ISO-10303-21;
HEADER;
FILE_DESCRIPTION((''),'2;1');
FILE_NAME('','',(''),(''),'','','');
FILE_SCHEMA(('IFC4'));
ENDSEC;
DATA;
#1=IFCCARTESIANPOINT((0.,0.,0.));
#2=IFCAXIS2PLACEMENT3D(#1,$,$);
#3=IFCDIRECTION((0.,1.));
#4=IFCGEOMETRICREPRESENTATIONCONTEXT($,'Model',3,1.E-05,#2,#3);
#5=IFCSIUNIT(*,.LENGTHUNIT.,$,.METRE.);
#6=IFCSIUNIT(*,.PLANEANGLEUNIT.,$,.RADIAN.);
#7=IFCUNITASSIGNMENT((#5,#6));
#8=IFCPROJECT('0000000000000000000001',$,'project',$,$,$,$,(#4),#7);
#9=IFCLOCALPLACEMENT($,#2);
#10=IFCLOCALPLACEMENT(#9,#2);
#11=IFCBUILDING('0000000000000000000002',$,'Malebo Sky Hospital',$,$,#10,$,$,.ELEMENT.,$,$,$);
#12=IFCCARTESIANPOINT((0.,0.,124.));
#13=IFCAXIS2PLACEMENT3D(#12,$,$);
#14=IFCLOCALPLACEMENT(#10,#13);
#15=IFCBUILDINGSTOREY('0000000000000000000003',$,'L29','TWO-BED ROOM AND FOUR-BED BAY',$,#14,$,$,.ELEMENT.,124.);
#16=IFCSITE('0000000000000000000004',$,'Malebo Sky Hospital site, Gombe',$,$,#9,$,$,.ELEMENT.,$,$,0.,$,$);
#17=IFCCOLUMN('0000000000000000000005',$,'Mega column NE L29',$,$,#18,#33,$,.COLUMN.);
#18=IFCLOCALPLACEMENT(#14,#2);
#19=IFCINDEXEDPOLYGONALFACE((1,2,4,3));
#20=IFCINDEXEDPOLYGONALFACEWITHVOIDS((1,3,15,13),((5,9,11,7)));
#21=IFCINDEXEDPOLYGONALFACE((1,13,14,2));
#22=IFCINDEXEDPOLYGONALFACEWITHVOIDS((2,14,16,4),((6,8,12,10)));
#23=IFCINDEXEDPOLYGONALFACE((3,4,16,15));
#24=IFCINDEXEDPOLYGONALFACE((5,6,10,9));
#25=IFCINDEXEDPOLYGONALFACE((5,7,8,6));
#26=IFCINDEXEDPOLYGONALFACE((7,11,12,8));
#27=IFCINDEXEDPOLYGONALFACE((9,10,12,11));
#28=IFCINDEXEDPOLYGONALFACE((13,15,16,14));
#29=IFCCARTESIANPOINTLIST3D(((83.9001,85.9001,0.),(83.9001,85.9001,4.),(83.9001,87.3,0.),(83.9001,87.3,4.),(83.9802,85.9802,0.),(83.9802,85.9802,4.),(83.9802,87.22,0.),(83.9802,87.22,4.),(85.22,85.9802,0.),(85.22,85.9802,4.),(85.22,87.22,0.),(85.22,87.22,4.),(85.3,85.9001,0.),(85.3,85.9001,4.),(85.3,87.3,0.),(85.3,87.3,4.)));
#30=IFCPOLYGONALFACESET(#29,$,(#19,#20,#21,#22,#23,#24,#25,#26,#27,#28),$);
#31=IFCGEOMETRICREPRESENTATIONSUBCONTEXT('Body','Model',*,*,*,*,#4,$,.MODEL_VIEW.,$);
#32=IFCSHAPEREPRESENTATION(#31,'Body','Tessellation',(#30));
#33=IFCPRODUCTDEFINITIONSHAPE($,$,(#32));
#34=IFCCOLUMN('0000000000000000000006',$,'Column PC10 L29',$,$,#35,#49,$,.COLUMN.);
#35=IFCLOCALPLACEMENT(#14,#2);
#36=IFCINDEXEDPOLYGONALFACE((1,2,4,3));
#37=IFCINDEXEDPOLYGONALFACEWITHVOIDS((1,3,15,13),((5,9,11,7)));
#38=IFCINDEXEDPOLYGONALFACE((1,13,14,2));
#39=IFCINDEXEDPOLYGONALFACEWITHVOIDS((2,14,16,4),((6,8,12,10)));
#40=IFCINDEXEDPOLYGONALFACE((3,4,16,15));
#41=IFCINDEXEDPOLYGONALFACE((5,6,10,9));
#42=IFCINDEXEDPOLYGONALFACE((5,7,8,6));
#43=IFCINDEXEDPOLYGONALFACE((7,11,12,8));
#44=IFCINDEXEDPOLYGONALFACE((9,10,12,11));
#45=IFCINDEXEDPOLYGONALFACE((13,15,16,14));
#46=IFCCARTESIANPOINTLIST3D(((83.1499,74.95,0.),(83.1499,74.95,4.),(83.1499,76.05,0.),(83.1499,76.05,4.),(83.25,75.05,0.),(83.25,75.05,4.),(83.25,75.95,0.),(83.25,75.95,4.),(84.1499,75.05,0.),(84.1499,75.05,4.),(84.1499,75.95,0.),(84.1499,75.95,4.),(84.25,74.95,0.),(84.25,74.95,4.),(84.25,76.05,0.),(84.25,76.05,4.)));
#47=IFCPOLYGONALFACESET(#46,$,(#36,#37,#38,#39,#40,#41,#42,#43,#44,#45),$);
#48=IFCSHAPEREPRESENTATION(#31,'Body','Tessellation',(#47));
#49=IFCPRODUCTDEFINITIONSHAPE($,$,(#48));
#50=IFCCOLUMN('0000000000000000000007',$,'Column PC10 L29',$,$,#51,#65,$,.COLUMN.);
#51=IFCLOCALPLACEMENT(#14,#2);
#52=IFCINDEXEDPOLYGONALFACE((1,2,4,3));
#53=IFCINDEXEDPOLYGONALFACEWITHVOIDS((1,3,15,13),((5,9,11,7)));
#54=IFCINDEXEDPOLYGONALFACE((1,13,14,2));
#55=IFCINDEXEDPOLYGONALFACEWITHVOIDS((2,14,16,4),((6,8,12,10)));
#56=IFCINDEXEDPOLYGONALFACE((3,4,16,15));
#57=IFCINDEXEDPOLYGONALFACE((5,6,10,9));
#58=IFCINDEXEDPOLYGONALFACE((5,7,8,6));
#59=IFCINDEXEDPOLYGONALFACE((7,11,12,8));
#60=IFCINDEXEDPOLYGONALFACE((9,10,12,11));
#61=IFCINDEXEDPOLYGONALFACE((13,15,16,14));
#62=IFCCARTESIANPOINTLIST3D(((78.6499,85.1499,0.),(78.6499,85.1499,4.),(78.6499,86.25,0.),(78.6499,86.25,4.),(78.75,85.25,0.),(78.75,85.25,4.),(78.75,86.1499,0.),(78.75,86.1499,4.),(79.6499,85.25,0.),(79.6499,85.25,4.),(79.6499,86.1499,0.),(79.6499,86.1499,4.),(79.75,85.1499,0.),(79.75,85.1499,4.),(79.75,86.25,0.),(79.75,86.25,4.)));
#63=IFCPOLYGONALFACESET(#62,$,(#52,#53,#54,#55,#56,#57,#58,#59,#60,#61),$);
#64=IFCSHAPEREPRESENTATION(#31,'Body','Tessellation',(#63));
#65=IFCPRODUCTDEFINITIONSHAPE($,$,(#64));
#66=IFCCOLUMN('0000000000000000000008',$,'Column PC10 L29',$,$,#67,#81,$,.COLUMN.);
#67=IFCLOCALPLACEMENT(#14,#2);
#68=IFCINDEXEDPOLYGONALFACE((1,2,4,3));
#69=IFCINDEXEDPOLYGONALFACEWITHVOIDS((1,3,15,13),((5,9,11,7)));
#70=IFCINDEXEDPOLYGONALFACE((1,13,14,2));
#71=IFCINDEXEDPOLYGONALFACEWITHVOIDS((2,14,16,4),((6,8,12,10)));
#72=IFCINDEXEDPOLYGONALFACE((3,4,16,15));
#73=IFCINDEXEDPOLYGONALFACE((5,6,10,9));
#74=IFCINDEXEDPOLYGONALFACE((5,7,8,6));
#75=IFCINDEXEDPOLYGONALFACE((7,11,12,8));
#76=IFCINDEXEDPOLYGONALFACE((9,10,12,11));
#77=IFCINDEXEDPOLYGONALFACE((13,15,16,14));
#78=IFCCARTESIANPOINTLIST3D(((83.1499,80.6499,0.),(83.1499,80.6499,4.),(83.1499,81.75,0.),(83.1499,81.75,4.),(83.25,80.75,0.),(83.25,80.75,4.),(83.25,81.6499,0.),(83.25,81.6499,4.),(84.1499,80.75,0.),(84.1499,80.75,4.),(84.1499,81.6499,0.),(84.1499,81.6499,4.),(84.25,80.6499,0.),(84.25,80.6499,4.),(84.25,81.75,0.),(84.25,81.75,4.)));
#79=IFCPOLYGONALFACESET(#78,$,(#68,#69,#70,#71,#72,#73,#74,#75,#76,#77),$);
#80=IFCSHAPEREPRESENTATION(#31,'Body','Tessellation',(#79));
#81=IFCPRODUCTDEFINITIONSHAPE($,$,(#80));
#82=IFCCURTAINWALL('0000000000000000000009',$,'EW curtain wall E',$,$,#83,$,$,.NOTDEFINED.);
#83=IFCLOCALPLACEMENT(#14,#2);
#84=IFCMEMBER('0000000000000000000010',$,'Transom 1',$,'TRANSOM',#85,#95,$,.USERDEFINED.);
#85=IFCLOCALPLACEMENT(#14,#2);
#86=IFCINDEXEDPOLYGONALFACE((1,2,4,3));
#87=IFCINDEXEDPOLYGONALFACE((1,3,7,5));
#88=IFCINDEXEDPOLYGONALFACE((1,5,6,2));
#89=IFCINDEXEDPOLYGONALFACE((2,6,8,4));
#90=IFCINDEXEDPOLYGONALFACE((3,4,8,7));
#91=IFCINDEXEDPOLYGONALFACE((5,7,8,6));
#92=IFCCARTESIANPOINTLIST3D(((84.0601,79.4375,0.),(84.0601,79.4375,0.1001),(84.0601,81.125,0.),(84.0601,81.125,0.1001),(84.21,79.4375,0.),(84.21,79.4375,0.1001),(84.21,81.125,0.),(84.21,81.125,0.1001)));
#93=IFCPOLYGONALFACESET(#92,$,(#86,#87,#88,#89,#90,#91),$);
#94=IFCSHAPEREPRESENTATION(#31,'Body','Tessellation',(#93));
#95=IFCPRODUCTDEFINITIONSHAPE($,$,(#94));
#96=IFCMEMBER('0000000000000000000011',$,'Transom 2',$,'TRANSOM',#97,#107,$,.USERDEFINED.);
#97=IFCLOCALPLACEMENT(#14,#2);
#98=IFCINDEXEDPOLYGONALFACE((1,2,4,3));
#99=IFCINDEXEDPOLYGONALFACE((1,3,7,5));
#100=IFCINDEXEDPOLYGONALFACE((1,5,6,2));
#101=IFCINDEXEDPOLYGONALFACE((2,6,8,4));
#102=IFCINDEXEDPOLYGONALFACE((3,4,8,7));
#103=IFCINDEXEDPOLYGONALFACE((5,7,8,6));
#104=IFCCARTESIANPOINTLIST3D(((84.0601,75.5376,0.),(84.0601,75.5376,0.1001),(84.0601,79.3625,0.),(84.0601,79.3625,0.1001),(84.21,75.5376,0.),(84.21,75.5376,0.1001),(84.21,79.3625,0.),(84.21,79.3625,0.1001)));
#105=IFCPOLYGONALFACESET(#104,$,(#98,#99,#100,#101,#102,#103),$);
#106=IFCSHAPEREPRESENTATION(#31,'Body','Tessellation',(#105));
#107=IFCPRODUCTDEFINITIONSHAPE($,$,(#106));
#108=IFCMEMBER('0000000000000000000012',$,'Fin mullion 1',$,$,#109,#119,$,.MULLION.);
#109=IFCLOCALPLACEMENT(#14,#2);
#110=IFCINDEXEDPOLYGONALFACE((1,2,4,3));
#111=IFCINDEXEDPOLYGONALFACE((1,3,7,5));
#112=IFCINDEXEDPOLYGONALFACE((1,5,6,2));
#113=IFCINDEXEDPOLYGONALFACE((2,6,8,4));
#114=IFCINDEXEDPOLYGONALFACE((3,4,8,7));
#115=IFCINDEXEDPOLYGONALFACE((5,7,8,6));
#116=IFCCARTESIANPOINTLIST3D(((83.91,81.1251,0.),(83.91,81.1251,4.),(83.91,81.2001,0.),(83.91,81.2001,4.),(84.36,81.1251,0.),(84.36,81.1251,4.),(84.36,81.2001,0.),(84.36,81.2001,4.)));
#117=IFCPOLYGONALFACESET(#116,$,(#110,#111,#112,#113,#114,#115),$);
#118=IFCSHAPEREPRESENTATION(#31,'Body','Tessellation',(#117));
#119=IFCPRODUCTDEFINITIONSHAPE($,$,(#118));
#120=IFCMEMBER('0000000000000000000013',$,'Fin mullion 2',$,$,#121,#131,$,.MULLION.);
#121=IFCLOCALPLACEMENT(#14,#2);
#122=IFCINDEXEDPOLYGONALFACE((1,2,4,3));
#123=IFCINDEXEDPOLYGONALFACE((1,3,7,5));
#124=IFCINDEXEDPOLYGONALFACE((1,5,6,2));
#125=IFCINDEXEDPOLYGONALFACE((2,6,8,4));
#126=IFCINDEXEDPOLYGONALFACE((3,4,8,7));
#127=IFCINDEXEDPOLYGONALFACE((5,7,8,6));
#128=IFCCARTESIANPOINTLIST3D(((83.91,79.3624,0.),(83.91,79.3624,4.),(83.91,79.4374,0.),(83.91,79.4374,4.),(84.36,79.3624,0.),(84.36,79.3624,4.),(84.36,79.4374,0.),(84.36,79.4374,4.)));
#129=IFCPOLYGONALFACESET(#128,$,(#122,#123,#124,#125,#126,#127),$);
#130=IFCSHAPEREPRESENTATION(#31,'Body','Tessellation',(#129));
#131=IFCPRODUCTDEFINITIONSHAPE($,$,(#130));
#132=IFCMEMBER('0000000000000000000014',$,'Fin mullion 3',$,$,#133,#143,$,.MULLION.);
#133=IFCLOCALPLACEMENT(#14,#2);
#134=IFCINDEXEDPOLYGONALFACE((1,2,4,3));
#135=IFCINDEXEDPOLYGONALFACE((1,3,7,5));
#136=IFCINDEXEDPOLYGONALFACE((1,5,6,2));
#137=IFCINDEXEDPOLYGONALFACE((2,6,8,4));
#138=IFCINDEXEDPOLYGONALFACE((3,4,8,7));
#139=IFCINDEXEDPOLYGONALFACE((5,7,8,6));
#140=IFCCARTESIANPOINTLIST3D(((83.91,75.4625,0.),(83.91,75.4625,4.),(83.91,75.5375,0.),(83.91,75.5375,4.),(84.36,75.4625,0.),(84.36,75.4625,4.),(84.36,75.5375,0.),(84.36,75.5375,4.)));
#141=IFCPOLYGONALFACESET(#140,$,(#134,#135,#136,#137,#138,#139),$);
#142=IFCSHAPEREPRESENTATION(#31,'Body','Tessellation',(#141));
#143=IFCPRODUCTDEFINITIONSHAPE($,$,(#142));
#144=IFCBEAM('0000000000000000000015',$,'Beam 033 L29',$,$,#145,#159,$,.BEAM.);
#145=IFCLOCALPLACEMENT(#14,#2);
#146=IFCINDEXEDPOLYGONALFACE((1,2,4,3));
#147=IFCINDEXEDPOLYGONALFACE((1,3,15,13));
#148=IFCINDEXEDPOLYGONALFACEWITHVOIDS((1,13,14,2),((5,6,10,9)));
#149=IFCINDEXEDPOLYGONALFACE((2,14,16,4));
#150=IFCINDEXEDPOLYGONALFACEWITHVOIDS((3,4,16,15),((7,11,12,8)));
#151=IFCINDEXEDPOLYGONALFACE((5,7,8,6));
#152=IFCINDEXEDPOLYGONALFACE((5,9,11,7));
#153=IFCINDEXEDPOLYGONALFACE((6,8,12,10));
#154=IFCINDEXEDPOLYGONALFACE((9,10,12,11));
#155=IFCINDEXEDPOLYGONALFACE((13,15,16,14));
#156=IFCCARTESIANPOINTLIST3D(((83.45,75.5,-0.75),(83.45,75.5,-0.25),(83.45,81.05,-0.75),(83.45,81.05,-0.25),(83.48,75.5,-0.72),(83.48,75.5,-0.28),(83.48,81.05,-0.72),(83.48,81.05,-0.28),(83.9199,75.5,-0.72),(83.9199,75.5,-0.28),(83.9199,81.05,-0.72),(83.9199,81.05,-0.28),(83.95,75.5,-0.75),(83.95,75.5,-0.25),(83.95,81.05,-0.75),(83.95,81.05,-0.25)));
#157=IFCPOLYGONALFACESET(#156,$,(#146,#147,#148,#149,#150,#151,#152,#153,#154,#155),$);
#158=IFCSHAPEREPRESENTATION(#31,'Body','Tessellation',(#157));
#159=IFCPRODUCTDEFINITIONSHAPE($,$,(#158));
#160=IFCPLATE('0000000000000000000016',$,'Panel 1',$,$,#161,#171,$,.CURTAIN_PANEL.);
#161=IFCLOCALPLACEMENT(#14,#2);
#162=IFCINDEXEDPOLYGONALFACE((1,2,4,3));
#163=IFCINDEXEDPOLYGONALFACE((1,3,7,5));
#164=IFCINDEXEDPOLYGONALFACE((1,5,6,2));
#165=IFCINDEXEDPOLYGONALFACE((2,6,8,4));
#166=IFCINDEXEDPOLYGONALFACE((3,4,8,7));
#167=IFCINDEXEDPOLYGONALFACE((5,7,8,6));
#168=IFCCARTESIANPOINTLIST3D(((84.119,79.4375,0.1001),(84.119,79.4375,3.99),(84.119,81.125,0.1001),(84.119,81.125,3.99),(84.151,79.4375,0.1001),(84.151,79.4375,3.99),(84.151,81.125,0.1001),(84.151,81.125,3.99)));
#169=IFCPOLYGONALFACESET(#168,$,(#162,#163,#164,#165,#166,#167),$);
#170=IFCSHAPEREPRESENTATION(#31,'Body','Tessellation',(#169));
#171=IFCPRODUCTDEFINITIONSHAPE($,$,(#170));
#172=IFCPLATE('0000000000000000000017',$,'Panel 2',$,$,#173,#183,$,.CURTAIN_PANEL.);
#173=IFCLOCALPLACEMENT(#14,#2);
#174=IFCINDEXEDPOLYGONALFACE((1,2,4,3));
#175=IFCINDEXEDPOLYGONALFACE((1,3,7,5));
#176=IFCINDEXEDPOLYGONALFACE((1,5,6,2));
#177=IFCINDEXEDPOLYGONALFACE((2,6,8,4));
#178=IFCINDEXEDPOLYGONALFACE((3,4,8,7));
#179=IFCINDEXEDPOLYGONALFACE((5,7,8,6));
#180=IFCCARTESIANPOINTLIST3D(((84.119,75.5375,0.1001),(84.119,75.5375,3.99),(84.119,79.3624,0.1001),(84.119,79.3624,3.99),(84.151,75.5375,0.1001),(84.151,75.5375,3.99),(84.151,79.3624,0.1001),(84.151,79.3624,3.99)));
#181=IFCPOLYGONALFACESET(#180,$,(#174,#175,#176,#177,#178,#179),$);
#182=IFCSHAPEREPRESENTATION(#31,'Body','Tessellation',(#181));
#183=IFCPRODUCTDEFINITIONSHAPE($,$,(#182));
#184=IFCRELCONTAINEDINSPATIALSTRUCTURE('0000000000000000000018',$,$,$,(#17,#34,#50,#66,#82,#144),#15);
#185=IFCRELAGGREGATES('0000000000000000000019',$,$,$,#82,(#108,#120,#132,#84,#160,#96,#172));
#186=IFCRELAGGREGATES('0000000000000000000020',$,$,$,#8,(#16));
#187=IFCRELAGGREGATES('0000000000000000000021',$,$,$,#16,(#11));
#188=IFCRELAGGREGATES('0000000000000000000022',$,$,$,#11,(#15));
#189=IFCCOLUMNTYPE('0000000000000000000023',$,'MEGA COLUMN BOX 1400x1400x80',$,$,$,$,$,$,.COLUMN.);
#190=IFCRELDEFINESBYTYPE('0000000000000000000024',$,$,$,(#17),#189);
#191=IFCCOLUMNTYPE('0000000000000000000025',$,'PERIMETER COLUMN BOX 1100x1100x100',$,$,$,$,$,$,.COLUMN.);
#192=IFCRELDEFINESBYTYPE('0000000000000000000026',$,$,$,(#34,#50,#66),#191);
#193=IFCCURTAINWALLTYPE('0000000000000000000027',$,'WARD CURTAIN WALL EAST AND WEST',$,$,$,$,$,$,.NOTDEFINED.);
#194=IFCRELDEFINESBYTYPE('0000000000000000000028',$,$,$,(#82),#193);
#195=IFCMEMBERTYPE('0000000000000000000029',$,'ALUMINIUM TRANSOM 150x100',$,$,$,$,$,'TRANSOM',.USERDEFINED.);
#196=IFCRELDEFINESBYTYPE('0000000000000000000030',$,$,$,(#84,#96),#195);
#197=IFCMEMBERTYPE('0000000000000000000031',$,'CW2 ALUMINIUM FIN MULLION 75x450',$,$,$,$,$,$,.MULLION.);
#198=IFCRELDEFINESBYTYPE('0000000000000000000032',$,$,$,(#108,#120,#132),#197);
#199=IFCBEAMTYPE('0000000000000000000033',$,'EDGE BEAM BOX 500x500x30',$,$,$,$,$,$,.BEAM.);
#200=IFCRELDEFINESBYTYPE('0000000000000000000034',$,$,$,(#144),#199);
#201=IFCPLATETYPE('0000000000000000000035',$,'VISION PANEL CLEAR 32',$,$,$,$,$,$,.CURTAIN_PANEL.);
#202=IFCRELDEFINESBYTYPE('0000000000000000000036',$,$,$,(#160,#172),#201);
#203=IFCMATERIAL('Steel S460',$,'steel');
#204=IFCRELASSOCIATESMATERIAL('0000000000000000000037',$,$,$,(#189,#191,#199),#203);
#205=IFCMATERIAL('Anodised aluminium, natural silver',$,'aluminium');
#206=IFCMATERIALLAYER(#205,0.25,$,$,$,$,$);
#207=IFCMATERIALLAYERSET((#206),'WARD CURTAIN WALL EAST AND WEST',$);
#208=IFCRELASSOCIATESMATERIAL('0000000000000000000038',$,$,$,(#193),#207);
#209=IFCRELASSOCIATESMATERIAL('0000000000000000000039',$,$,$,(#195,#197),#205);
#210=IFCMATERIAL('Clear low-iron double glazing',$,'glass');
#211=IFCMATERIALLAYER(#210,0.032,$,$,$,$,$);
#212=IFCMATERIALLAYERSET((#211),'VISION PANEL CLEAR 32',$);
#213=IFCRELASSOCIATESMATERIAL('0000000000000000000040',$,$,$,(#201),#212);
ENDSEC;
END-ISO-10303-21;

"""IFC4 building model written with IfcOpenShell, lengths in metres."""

from ifc_helpers import new_model, si_unit, direction, frame, origin, origin_2d, place, context, subcontext, project, spatial, rectangle, hollow_rectangle, extrude, material, layer, layer_set, material_profile, profile_set, type_object, element, aggregate, save


model = new_model("IFC4")

# Units and contexts
model_context = context("Model", 3, precision=1e-05, world=origin(), true_north=direction((0.0, 1.0)))
body_context = subcontext(model_context, "Body", "Model", "MODEL_VIEW")
ifc_project = project(units=[si_unit("LENGTHUNIT", "METRE"), si_unit("PLANEANGLEUNIT", "RADIAN")], contexts=[model_context])

# Site, building, storey
site_placement = place(None, origin())
site = spatial("IfcSite", under=ifc_project, at=site_placement, Name="Malebo Sky Hospital site, Gombe", CompositionType="ELEMENT", RefElevation=0.0)
building_placement = place(site_placement, origin())
building = spatial("IfcBuilding", under=site, at=building_placement, Name="Malebo Sky Hospital", CompositionType="ELEMENT")
storey_placement = place(building_placement, frame((0.0, 0.0, 124.0)))
storey = spatial("IfcBuildingStorey", under=building, at=storey_placement, Name="L29", Description="TWO-BED ROOM AND FOUR-BED BAY", CompositionType="ELEMENT", Elevation=124.0)

# Columns
ifc_material_1 = material(Name="Steel S460", Category="steel")
ifc_material_profile_1 = material_profile(ifc_material_1, hollow_rectangle(XDim=1.3999, YDim=1.3999, WallThickness=0.0801, at=origin_2d()), Name="BOX 1400x1400x80")
ifc_profile_set_1 = profile_set([ifc_material_profile_1], Name="Steel S460")
column_type_1 = type_object("IfcColumnType", Name="MEGA COLUMN BOX 1400x1400x80", PredefinedType="COLUMN", material=ifc_profile_set_1)
column_placement = place(storey_placement, frame((84.6001, 86.6001, 0.0), z_axis=(0.0, 0.0, 1.0), x_axis=(1.0, 0.0, 0.0)))
element("IfcColumn", 1, at=column_placement, inside=storey, type_object=column_type_1, Name="Mega column NE L29", PredefinedType="COLUMN", context=body_context, shape_type="SweptSolid", body=[
    extrude(hollow_rectangle(XDim=1.3999, YDim=1.3999, WallThickness=0.0801, at=origin_2d()), origin(), (0.0, 0.0, 1.0), 4.0),
])
ifc_material_profile_2 = material_profile(ifc_material_1, hollow_rectangle(XDim=1.1001, YDim=1.1001, WallThickness=0.1001, at=origin_2d()), Name="BOX 1100x1100x100")
ifc_profile_set_2 = profile_set([ifc_material_profile_2], Name="Steel S460")
column_type_2 = type_object("IfcColumnType", Name="PERIMETER COLUMN BOX 1100x1100x100", PredefinedType="COLUMN", material=ifc_profile_set_2)
for number, where, z_axis, x_axis, name in (
    (2, (83.7, 75.5, 0.0), (0.0, 0.0, 1.0), (1.0, 0.0, 0.0), "Column PC10 L29"),
    (3, (79.2, 85.7, 0.0), (0.0, 0.0, 1.0), (1.0, 0.0, 0.0), "Column PC10 L29"),
    (4, (83.7, 81.2, 0.0), (0.0, 0.0, 1.0), (1.0, 0.0, 0.0), "Column PC10 L29"),
):
    element("IfcColumn", number, at=place(storey_placement, frame(where, z_axis=z_axis, x_axis=x_axis)), inside=storey, type_object=column_type_2, Name=name, PredefinedType="COLUMN", context=body_context, shape_type="SweptSolid", body=[
        extrude(hollow_rectangle(XDim=1.1001, YDim=1.1001, WallThickness=0.1001, at=origin_2d()), origin(), (0.0, 0.0, 1.0), 4.0),
    ])

# Curtain wall, members
ifc_material_2 = material(Name="Anodised aluminium, natural silver", Category="aluminium")
ifc_layer_1 = layer(ifc_material_2, 0.25)
ifc_layer_set_1 = layer_set([ifc_layer_1], Name="WARD CURTAIN WALL EAST AND WEST")
curtain_wall_type = type_object("IfcCurtainWallType", Name="WARD CURTAIN WALL EAST AND WEST", PredefinedType="NOTDEFINED", material=ifc_layer_set_1)
curtain_wall_placement = place(storey_placement, origin())
curtain_wall = element("IfcCurtainWall", 5, at=curtain_wall_placement, inside=storey, type_object=curtain_wall_type, Name="EW curtain wall E", PredefinedType="NOTDEFINED")
ifc_material_profile_3 = material_profile(ifc_material_2, rectangle(XDim=0.1499, YDim=0.1001, at=origin_2d()), Name="ALUMINIUM TRANSOM 150x100")
ifc_profile_set_3 = profile_set([ifc_material_profile_3], Name="Anodised aluminium, natural silver")
member_type_1 = type_object("IfcMemberType", Name="ALUMINIUM TRANSOM 150x100", ElementType="TRANSOM", PredefinedType="USERDEFINED", material=ifc_profile_set_3)
member_1_placement = place(storey_placement, frame((84.135, 81.125, 0.05), z_axis=(0.0, -1.0, 0.0), x_axis=(1.0, 0.0, 0.0)))
member_1 = element("IfcMember", 6, at=member_1_placement, type_object=member_type_1, Name="Transom 1", ObjectType="TRANSOM", PredefinedType="USERDEFINED", context=body_context, shape_type="SweptSolid", body=[
    extrude(rectangle(XDim=0.1499, YDim=0.1001, at=origin_2d()), origin(), (0.0, 0.0, 1.0), 1.6875),
])
member_2_placement = place(storey_placement, frame((84.135, 79.3625, 0.05), z_axis=(0.0, -1.0, 0.0), x_axis=(1.0, 0.0, 0.0)))
member_2 = element("IfcMember", 7, at=member_2_placement, type_object=member_type_1, Name="Transom 2", ObjectType="TRANSOM", PredefinedType="USERDEFINED", context=body_context, shape_type="SweptSolid", body=[
    extrude(rectangle(XDim=0.1499, YDim=0.1001, at=origin_2d()), origin(), (0.0, 0.0, 1.0), 3.825),
])
ifc_material_profile_4 = material_profile(ifc_material_2, rectangle(XDim=0.075, YDim=0.45, at=origin_2d()), Name="CW2 ALUMINIUM FIN MULLION 75x450")
ifc_profile_set_4 = profile_set([ifc_material_profile_4], Name="Anodised aluminium, natural silver")
member_type_2 = type_object("IfcMemberType", Name="CW2 ALUMINIUM FIN MULLION 75x450", PredefinedType="MULLION", material=ifc_profile_set_4)
member_3_placement = place(storey_placement, frame((84.135, 81.1626, 0.0), z_axis=(0.0, 0.0, 1.0), x_axis=(0.0, -1.0, 0.0)))
member_3 = element("IfcMember", 8, at=member_3_placement, type_object=member_type_2, Name="Fin mullion 1", PredefinedType="MULLION", context=body_context, shape_type="SweptSolid", body=[
    extrude(rectangle(XDim=0.075, YDim=0.45, at=origin_2d()), origin(), (0.0, 0.0, 1.0), 4.0),
])
member_4_placement = place(storey_placement, frame((84.135, 79.3999, 0.0), z_axis=(0.0, 0.0, 1.0), x_axis=(0.0, -1.0, 0.0)))
member_4 = element("IfcMember", 9, at=member_4_placement, type_object=member_type_2, Name="Fin mullion 2", PredefinedType="MULLION", context=body_context, shape_type="SweptSolid", body=[
    extrude(rectangle(XDim=0.075, YDim=0.45, at=origin_2d()), origin(), (0.0, 0.0, 1.0), 4.0),
])
member_5_placement = place(storey_placement, frame((84.135, 75.5, 0.0), z_axis=(0.0, 0.0, 1.0), x_axis=(0.0, -1.0, 0.0)))
member_5 = element("IfcMember", 10, at=member_5_placement, type_object=member_type_2, Name="Fin mullion 3", PredefinedType="MULLION", context=body_context, shape_type="SweptSolid", body=[
    extrude(rectangle(XDim=0.075, YDim=0.45, at=origin_2d()), origin(), (0.0, 0.0, 1.0), 4.0),
])

# Beam
ifc_material_profile_5 = material_profile(ifc_material_1, hollow_rectangle(XDim=0.5, YDim=0.5, WallThickness=0.03, at=origin_2d()), Name="BOX 500x500x30")
ifc_profile_set_5 = profile_set([ifc_material_profile_5], Name="Steel S460")
beam_type = type_object("IfcBeamType", Name="EDGE BEAM BOX 500x500x30", PredefinedType="BEAM", material=ifc_profile_set_5)
beam_placement = place(storey_placement, frame((83.7, 75.5, -0.5), z_axis=(0.0, 1.0, 0.0), x_axis=(-1.0, 0.0, 0.0)))
element("IfcBeam", 11, at=beam_placement, inside=storey, type_object=beam_type, Name="Beam 033 L29", PredefinedType="BEAM", context=body_context, shape_type="SweptSolid", body=[
    extrude(hollow_rectangle(XDim=0.5, YDim=0.5, WallThickness=0.03, at=origin_2d()), origin(), (0.0, 0.0, 1.0), 5.55),
])

# Plates
ifc_material_3 = material(Name="Clear low-iron double glazing", Category="glass")
ifc_layer_2 = layer(ifc_material_3, 0.032)
ifc_layer_set_2 = layer_set([ifc_layer_2], Name="VISION PANEL CLEAR 32")
plate_type = type_object("IfcPlateType", Name="VISION PANEL CLEAR 32", PredefinedType="CURTAIN_PANEL", material=ifc_layer_set_2)
plate_1_placement = place(storey_placement, frame((84.135, 80.2812, 0.1001), z_axis=(0.0, 0.0, 1.0), x_axis=(0.0, -1.0, 0.0)))
plate_1 = element("IfcPlate", 12, at=plate_1_placement, type_object=plate_type, Name="Panel 1", PredefinedType="CURTAIN_PANEL", context=body_context, shape_type="SweptSolid", body=[
    extrude(rectangle(XDim=1.6875, YDim=0.032, at=origin_2d()), origin(), (0.0, 0.0, 1.0), 3.8899),
])
plate_2_placement = place(storey_placement, frame((84.135, 77.45, 0.1001), z_axis=(0.0, 0.0, 1.0), x_axis=(0.0, -1.0, 0.0)))
plate_2 = element("IfcPlate", 13, at=plate_2_placement, type_object=plate_type, Name="Panel 2", PredefinedType="CURTAIN_PANEL", context=body_context, shape_type="SweptSolid", body=[
    extrude(rectangle(XDim=3.825, YDim=0.032, at=origin_2d()), origin(), (0.0, 0.0, 1.0), 3.8899),
])
aggregate(curtain_wall, [member_3, member_4, member_5, member_1, plate_1, member_2, plate_2])

save(model, "model.ifc")
